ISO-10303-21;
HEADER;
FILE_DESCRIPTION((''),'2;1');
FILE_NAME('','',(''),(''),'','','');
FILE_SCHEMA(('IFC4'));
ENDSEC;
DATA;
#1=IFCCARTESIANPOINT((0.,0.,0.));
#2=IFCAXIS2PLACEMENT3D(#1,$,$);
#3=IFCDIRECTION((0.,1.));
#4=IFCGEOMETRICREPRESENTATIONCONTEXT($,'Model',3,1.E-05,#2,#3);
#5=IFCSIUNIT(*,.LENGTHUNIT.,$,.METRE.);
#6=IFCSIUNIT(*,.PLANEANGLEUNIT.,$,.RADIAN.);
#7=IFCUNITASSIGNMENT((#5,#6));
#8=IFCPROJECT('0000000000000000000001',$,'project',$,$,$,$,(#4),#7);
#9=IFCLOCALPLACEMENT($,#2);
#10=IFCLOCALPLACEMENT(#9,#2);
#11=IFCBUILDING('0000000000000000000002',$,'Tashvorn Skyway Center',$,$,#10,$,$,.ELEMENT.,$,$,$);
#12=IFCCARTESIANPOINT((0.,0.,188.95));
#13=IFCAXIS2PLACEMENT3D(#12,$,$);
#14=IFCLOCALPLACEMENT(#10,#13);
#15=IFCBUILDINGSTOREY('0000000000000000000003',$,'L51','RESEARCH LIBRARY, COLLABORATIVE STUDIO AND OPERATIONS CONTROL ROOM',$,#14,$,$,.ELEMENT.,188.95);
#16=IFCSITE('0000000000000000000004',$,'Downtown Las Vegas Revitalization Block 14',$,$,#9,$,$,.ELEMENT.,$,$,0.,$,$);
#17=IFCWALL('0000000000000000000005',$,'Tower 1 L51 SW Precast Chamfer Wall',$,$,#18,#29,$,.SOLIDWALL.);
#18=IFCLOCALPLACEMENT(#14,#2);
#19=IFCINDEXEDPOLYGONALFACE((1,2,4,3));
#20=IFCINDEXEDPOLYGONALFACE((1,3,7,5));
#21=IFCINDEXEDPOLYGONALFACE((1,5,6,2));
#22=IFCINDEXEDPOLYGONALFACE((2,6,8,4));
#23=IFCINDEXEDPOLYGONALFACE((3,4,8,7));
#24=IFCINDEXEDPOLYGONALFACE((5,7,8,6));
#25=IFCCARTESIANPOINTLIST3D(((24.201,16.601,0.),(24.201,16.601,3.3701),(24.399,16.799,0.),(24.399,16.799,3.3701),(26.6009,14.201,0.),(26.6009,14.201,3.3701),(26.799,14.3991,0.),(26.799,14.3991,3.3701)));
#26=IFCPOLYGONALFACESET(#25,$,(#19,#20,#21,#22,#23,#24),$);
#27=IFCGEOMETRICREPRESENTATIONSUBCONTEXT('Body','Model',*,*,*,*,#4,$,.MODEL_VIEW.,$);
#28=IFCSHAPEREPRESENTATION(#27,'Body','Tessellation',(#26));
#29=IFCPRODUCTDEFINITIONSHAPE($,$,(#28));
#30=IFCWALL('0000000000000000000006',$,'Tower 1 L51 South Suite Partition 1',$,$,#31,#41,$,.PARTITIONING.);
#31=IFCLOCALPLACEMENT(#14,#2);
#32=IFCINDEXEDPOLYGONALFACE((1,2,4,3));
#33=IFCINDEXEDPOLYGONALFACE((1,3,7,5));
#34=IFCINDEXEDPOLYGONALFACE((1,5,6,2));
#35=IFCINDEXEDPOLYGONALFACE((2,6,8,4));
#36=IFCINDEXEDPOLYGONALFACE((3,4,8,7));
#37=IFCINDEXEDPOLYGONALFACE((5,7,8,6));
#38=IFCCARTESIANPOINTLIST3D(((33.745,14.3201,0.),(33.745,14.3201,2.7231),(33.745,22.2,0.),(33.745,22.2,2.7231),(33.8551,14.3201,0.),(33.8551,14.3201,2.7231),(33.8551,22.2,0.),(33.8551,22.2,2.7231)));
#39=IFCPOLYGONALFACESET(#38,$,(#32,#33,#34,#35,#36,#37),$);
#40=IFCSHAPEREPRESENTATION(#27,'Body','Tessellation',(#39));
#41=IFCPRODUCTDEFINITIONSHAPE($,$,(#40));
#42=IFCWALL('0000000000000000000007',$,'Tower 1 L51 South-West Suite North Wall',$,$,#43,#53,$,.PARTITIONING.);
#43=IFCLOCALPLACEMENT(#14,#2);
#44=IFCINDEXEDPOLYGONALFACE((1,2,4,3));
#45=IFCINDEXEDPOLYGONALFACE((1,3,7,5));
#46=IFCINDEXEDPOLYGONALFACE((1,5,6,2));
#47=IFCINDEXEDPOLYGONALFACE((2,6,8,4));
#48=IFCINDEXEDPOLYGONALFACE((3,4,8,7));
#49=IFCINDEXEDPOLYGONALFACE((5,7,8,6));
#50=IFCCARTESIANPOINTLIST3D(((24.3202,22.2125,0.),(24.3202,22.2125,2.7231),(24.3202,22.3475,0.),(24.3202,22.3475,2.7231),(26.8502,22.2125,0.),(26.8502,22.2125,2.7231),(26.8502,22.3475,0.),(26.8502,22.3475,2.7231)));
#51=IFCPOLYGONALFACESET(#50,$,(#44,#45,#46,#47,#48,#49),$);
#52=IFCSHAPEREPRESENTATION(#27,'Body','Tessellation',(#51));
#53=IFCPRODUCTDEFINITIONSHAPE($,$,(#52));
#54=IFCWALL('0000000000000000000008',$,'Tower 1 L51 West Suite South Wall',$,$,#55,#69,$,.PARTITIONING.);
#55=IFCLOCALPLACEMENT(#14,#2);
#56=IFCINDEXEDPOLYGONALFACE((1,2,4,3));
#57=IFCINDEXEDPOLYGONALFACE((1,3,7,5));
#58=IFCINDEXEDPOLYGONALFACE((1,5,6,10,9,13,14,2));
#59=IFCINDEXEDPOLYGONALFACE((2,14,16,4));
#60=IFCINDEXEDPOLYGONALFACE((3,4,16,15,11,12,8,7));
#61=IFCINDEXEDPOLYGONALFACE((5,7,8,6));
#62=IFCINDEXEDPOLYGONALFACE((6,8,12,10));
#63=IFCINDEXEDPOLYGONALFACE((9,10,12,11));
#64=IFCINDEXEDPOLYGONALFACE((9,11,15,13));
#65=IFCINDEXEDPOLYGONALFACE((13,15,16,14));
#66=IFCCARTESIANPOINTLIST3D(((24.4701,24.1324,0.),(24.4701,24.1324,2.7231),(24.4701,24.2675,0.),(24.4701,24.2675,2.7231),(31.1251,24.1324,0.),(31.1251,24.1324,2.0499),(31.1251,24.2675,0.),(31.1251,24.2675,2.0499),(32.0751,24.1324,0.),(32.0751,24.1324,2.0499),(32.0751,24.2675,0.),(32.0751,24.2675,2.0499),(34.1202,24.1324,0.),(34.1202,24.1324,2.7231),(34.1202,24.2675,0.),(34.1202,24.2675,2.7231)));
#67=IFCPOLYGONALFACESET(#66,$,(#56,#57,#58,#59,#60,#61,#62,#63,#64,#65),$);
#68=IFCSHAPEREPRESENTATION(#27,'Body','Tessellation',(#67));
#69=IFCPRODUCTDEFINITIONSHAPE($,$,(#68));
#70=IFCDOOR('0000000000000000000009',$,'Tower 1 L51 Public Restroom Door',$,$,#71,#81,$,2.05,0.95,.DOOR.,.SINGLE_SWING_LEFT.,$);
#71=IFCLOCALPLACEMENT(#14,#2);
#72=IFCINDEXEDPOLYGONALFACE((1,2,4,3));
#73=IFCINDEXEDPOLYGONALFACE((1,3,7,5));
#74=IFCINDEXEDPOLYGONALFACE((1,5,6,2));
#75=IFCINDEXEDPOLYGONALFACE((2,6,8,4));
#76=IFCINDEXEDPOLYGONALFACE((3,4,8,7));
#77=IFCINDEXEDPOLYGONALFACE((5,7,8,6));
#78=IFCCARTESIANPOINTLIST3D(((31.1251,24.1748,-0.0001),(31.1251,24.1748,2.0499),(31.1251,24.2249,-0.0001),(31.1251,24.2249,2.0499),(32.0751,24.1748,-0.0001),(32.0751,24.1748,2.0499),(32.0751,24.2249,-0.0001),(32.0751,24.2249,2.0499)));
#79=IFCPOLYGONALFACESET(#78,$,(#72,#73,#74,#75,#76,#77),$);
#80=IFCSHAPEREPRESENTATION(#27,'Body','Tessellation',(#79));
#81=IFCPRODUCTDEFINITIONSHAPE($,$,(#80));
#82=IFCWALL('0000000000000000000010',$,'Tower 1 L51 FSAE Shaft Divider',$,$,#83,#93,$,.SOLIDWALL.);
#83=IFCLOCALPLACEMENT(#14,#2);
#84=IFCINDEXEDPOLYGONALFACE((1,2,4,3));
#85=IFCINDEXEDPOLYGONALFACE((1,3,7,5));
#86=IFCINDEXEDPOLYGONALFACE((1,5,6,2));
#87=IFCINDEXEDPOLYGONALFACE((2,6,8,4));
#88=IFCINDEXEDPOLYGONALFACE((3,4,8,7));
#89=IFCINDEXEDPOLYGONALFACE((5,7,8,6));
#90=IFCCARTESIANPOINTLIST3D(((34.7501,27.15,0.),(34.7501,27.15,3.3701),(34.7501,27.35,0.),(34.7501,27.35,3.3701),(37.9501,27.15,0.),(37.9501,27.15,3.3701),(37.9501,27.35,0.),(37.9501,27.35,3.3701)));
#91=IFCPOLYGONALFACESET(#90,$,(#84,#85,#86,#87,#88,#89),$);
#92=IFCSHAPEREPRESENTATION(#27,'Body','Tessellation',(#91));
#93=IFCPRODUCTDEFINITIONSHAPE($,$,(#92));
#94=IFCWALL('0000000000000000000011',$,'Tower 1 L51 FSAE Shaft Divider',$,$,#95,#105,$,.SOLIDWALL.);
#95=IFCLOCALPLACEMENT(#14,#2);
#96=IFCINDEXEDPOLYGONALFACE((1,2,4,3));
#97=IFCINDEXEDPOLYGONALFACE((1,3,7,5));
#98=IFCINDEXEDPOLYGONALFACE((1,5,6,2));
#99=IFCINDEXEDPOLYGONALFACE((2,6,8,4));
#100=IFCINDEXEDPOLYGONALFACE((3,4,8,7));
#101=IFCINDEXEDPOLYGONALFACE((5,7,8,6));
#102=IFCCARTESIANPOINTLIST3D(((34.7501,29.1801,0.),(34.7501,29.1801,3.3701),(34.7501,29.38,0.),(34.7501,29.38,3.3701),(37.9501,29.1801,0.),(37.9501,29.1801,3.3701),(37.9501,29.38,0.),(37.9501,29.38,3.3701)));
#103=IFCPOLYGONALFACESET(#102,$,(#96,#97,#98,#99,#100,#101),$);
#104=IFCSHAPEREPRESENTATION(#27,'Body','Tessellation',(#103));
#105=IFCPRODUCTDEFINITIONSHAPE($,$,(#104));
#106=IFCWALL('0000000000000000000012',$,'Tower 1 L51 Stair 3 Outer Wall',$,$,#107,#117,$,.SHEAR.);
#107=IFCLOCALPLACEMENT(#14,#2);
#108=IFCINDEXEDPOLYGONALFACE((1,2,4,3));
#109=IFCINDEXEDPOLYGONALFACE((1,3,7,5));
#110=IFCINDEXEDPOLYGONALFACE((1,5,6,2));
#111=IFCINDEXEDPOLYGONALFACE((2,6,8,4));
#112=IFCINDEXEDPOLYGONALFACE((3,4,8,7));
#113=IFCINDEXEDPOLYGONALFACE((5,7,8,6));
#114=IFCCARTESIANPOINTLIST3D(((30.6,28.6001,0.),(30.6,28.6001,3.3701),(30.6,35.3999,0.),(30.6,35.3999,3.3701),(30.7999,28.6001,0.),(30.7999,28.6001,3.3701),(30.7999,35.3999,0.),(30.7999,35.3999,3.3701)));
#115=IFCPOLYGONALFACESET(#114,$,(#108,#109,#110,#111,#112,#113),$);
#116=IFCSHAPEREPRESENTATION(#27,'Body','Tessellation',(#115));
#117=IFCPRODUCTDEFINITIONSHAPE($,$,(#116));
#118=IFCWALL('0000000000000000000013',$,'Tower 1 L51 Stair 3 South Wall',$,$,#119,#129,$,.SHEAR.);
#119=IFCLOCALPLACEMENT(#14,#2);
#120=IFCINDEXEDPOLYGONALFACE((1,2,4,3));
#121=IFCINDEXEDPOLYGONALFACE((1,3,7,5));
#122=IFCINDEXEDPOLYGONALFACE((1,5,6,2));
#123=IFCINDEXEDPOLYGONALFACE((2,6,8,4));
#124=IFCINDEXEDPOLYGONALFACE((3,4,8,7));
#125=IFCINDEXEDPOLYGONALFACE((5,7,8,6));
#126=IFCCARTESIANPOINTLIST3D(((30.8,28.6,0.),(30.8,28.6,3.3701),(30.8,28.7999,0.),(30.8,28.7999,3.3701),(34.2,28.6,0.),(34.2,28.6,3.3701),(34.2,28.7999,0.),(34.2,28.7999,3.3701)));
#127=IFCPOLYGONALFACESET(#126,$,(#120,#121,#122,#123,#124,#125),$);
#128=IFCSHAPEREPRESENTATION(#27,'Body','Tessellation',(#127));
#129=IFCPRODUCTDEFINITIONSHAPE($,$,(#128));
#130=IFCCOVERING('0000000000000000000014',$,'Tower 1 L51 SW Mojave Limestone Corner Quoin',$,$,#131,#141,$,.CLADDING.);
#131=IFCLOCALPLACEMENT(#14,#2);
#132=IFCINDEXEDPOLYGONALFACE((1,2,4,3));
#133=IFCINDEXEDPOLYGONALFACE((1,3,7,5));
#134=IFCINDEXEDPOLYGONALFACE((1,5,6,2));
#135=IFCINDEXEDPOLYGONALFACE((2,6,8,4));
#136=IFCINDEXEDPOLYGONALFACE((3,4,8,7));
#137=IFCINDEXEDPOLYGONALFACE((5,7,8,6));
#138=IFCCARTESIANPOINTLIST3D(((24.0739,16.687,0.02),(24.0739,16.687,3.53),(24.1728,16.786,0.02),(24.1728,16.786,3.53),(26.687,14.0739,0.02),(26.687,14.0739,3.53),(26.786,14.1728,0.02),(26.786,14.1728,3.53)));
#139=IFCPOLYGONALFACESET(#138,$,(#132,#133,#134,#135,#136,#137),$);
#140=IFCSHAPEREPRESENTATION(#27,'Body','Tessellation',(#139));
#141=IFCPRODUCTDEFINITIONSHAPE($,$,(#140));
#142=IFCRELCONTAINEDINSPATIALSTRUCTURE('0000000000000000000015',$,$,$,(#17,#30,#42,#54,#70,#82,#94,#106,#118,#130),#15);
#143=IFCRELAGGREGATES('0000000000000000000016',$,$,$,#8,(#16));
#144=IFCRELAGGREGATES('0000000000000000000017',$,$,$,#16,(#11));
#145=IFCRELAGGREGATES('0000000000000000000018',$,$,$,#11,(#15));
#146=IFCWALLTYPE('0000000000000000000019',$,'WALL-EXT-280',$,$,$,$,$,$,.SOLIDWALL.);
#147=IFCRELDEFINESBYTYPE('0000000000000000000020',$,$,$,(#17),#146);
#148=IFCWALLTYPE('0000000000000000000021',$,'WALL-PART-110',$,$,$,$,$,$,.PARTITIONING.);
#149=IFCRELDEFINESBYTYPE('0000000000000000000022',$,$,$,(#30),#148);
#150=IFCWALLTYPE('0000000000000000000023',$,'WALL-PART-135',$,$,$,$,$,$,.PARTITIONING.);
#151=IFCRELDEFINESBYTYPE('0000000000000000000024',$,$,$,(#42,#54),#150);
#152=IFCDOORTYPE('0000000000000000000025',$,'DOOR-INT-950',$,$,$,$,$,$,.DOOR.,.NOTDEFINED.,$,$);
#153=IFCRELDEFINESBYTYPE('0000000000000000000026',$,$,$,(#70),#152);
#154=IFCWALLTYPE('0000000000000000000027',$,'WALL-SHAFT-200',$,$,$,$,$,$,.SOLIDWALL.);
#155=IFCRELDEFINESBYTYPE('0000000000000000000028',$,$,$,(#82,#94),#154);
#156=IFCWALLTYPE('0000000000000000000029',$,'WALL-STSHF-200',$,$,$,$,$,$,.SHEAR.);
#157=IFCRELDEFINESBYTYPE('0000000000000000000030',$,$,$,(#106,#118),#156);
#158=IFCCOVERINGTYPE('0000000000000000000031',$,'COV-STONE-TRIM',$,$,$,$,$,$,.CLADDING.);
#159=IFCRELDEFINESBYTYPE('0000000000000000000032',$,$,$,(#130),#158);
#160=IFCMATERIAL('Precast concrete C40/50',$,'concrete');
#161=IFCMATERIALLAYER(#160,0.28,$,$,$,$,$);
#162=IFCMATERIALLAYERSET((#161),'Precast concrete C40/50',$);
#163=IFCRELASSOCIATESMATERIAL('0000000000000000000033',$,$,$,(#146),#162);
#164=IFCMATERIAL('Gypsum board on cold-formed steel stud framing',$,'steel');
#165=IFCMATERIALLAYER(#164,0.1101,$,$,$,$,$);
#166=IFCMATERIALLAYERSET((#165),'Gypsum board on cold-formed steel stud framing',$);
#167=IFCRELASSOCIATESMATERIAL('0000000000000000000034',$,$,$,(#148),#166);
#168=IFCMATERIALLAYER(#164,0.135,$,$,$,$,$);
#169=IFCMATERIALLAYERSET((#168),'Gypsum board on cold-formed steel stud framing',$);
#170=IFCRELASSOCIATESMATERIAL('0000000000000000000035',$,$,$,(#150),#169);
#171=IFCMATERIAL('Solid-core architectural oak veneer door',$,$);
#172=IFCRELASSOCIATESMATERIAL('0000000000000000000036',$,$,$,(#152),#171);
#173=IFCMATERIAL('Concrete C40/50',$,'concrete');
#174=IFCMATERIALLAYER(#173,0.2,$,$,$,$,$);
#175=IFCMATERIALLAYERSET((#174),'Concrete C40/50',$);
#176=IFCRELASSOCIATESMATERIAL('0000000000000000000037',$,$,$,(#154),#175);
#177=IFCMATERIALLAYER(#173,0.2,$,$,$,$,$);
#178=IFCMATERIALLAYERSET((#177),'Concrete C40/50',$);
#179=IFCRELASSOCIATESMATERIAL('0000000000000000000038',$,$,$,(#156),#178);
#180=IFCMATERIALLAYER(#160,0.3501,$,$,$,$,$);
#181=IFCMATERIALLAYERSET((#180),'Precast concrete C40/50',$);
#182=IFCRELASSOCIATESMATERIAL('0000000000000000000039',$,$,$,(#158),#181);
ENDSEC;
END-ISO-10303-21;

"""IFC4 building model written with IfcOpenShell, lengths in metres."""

from ifc_helpers import new_model, si_unit, direction, frame, frame_2d, origin, origin_2d, place, context, subcontext, project, spatial, rectangle, extrude, material, layer, layer_set, type_object, element, fill, save


model = new_model("IFC4")

# Units and contexts
model_context = context("Model", 3, precision=1e-05, world=origin(), true_north=direction((0.0, 1.0)))
body_context = subcontext(model_context, "Body", "Model", "MODEL_VIEW")
ifc_project = project(units=[si_unit("LENGTHUNIT", "METRE"), si_unit("PLANEANGLEUNIT", "RADIAN")], contexts=[model_context])

# Site, building, storey
site_placement = place(None, origin())
site = spatial("IfcSite", under=ifc_project, at=site_placement, Name="Downtown Las Vegas Revitalization Block 14", CompositionType="ELEMENT", RefElevation=0.0)
building_placement = place(site_placement, origin())
building = spatial("IfcBuilding", under=site, at=building_placement, Name="Tashvorn Skyway Center", CompositionType="ELEMENT")
storey_placement = place(building_placement, frame((0.0, 0.0, 188.95)))
storey = spatial("IfcBuildingStorey", under=building, at=storey_placement, Name="L51", Description="RESEARCH LIBRARY, COLLABORATIVE STUDIO AND OPERATIONS CONTROL ROOM", CompositionType="ELEMENT", Elevation=188.95)

# Shared definitions
ifc_material_1 = material(Name="Precast concrete C40/50", Category="concrete")
ifc_layer_1 = layer(ifc_material_1, 0.28)
ifc_layer_set_1 = layer_set([ifc_layer_1], Name="Precast concrete C40/50")
wall_type_1 = type_object("IfcWallType", Name="WALL-EXT-280", PredefinedType="SOLIDWALL", material=ifc_layer_set_1)

# Walls
wall_1_placement = place(storey_placement, frame((26.7, 14.3, 0.0), z_axis=(0.0, 0.0, 1.0), x_axis=(-0.707107, 0.707107, 0.0)))
element("IfcWall", 1, at=wall_1_placement, inside=storey, type_object=wall_type_1, Name="Tower 1 L51 SW Precast Chamfer Wall", PredefinedType="SOLIDWALL", context=body_context, shape_type="SweptSolid", body=[
    extrude(rectangle(XDim=3.394, YDim=0.28, at=frame_2d((1.697, 0.0))), origin(), (0.0, 0.0, 1.0), 3.3701),
])
ifc_material_2 = material(Name="Gypsum board on cold-formed steel stud framing", Category="steel")
ifc_layer_2 = layer(ifc_material_2, 0.1101)
ifc_layer_set_2 = layer_set([ifc_layer_2], Name="Gypsum board on cold-formed steel stud framing")
wall_type_2 = type_object("IfcWallType", Name="WALL-PART-110", PredefinedType="PARTITIONING", material=ifc_layer_set_2)
wall_2_placement = place(storey_placement, frame((33.8, 14.3201, 0.0), z_axis=(0.0, 0.0, 1.0), x_axis=(0.0, 1.0, 0.0)))
element("IfcWall", 2, at=wall_2_placement, inside=storey, type_object=wall_type_2, Name="Tower 1 L51 South Suite Partition 1", PredefinedType="PARTITIONING", context=body_context, shape_type="SweptSolid", body=[
    extrude(rectangle(XDim=7.8799, YDim=0.1101, at=frame_2d((3.9399, 0.0))), origin(), (0.0, 0.0, 1.0), 2.7231),
])
ifc_layer_3 = layer(ifc_material_2, 0.135)
ifc_layer_set_3 = layer_set([ifc_layer_3], Name="Gypsum board on cold-formed steel stud framing")
wall_type_3 = type_object("IfcWallType", Name="WALL-PART-135", PredefinedType="PARTITIONING", material=ifc_layer_set_3)
wall_3_placement = place(storey_placement, frame((24.3201, 22.28, 0.0), z_axis=(0.0, 0.0, 1.0), x_axis=(1.0, 0.0, 0.0)))
element("IfcWall", 3, at=wall_3_placement, inside=storey, type_object=wall_type_3, Name="Tower 1 L51 South-West Suite North Wall", PredefinedType="PARTITIONING", context=body_context, shape_type="SweptSolid", body=[
    extrude(rectangle(XDim=2.53, YDim=0.135, at=frame_2d((1.2651, 0.0))), origin(), (0.0, 0.0, 1.0), 2.7231),
])

# Wall, opening, door
wall_4_placement = place(storey_placement, frame((24.47, 24.2, 0.0), z_axis=(0.0, 0.0, 1.0), x_axis=(1.0, 0.0, 0.0)))
wall_4 = element("IfcWall", 4, at=wall_4_placement, inside=storey, type_object=wall_type_3, Name="Tower 1 L51 West Suite South Wall", PredefinedType="PARTITIONING", context=body_context, shape_type="SweptSolid", body=[
    extrude(rectangle(XDim=9.6501, YDim=0.135, at=frame_2d((4.8252, 0.0))), origin(), (0.0, 0.0, 1.0), 2.7231),
])
opening_1_placement = place(wall_4_placement, frame((6.655, 0.0, 0.0)))
opening_1 = element("IfcOpeningElement", 5, at=opening_1_placement, cuts=wall_4, PredefinedType="OPENING", context=body_context, shape_type="SweptSolid", body=[
    extrude(rectangle(XDim=0.95, YDim=2.05, at=frame_2d((0.4751, 1.0249))), frame((0.0, 0.0774, 0.0), z_axis=(0.0, -1.0, 0.0), x_axis=(1.0, 0.0, 0.0)), (0.0, 0.0, 1.0), 0.155),
])
ifc_material_3 = material(Name="Solid-core architectural oak veneer door")
door_type_1 = type_object("IfcDoorType", Name="DOOR-INT-950", OperationType="NOTDEFINED", PredefinedType="DOOR", material=ifc_material_3)
door_1_placement = place(opening_1_placement, origin())
door_1 = element("IfcDoor", 6, at=door_1_placement, inside=storey, type_object=door_type_1, Name="Tower 1 L51 Public Restroom Door", OperationType="SINGLE_SWING_LEFT", OverallHeight=2.05, OverallWidth=0.95, PredefinedType="DOOR", context=body_context, shape_type="SweptSolid", body=[
    extrude(rectangle(XDim=0.95, YDim=2.05, at=frame_2d((0.4751, 1.0249))), frame((0.0, 0.0249, 0.0), z_axis=(0.0, -1.0, 0.0), x_axis=(1.0, 0.0, 0.0)), (0.0, 0.0, 1.0), 0.05),
])
fill(opening_1, door_1)

# Walls
ifc_material_4 = material(Name="Concrete C40/50", Category="concrete")
ifc_layer_4 = layer(ifc_material_4, 0.2)
ifc_layer_set_4 = layer_set([ifc_layer_4], Name="Concrete C40/50")
wall_type_4 = type_object("IfcWallType", Name="WALL-SHAFT-200", PredefinedType="SOLIDWALL", material=ifc_layer_set_4)
for number, where, z_axis, x_axis, name in (
    (7, (34.75, 27.25, 0.0), (0.0, 0.0, 1.0), (1.0, 0.0, 0.0), "Tower 1 L51 FSAE Shaft Divider"),
    (8, (34.75, 29.28, 0.0), (0.0, 0.0, 1.0), (1.0, 0.0, 0.0), "Tower 1 L51 FSAE Shaft Divider"),
):
    element("IfcWall", number, at=place(storey_placement, frame(where, z_axis=z_axis, x_axis=x_axis)), inside=storey, type_object=wall_type_4, Name=name, PredefinedType="SOLIDWALL", context=body_context, shape_type="SweptSolid", body=[
        extrude(rectangle(XDim=3.2, YDim=0.2, at=frame_2d((1.6001, 0.0))), origin(), (0.0, 0.0, 1.0), 3.3701),
    ])
ifc_layer_5 = layer(ifc_material_4, 0.2)
ifc_layer_set_5 = layer_set([ifc_layer_5], Name="Concrete C40/50")
wall_type_5 = type_object("IfcWallType", Name="WALL-STSHF-200", PredefinedType="SHEAR", material=ifc_layer_set_5)
wall_5_placement = place(storey_placement, frame((30.7, 28.6001, 0.0), z_axis=(0.0, 0.0, 1.0), x_axis=(0.0, 1.0, 0.0)))
element("IfcWall", 9, at=wall_5_placement, inside=storey, type_object=wall_type_5, Name="Tower 1 L51 Stair 3 Outer Wall", PredefinedType="SHEAR", context=body_context, shape_type="SweptSolid", body=[
    extrude(rectangle(XDim=6.7998, YDim=0.2, at=frame_2d((3.3999, 0.0))), origin(), (0.0, 0.0, 1.0), 3.3701),
])
wall_6_placement = place(storey_placement, frame((30.8, 28.7, 0.0), z_axis=(0.0, 0.0, 1.0), x_axis=(1.0, 0.0, 0.0)))
element("IfcWall", 10, at=wall_6_placement, inside=storey, type_object=wall_type_5, Name="Tower 1 L51 Stair 3 South Wall", PredefinedType="SHEAR", context=body_context, shape_type="SweptSolid", body=[
    extrude(rectangle(XDim=3.3999, YDim=0.2, at=frame_2d((1.7, 0.0))), origin(), (0.0, 0.0, 1.0), 3.3701),
])

# Covering
ifc_layer_6 = layer(ifc_material_1, 0.3501)
ifc_layer_set_6 = layer_set([ifc_layer_6], Name="Precast concrete C40/50")
covering_type = type_object("IfcCoveringType", Name="COV-STONE-TRIM", PredefinedType="CLADDING", material=ifc_layer_set_6)
covering_placement = place(storey_placement, frame((25.4299, 15.4299, 0.02), z_axis=(0.0, 0.0, 1.0), x_axis=(-0.707107, 0.707107, 0.0)))
element("IfcCovering", 11, at=covering_placement, inside=storey, type_object=covering_type, Name="Tower 1 L51 SW Mojave Limestone Corner Quoin", PredefinedType="CLADDING", context=body_context, shape_type="SweptSolid", body=[
    extrude(rectangle(XDim=3.6956, YDim=0.1399, at=origin_2d()), origin(), (0.0, 0.0, 1.0), 3.51),
])

save(model, "model.ifc")
